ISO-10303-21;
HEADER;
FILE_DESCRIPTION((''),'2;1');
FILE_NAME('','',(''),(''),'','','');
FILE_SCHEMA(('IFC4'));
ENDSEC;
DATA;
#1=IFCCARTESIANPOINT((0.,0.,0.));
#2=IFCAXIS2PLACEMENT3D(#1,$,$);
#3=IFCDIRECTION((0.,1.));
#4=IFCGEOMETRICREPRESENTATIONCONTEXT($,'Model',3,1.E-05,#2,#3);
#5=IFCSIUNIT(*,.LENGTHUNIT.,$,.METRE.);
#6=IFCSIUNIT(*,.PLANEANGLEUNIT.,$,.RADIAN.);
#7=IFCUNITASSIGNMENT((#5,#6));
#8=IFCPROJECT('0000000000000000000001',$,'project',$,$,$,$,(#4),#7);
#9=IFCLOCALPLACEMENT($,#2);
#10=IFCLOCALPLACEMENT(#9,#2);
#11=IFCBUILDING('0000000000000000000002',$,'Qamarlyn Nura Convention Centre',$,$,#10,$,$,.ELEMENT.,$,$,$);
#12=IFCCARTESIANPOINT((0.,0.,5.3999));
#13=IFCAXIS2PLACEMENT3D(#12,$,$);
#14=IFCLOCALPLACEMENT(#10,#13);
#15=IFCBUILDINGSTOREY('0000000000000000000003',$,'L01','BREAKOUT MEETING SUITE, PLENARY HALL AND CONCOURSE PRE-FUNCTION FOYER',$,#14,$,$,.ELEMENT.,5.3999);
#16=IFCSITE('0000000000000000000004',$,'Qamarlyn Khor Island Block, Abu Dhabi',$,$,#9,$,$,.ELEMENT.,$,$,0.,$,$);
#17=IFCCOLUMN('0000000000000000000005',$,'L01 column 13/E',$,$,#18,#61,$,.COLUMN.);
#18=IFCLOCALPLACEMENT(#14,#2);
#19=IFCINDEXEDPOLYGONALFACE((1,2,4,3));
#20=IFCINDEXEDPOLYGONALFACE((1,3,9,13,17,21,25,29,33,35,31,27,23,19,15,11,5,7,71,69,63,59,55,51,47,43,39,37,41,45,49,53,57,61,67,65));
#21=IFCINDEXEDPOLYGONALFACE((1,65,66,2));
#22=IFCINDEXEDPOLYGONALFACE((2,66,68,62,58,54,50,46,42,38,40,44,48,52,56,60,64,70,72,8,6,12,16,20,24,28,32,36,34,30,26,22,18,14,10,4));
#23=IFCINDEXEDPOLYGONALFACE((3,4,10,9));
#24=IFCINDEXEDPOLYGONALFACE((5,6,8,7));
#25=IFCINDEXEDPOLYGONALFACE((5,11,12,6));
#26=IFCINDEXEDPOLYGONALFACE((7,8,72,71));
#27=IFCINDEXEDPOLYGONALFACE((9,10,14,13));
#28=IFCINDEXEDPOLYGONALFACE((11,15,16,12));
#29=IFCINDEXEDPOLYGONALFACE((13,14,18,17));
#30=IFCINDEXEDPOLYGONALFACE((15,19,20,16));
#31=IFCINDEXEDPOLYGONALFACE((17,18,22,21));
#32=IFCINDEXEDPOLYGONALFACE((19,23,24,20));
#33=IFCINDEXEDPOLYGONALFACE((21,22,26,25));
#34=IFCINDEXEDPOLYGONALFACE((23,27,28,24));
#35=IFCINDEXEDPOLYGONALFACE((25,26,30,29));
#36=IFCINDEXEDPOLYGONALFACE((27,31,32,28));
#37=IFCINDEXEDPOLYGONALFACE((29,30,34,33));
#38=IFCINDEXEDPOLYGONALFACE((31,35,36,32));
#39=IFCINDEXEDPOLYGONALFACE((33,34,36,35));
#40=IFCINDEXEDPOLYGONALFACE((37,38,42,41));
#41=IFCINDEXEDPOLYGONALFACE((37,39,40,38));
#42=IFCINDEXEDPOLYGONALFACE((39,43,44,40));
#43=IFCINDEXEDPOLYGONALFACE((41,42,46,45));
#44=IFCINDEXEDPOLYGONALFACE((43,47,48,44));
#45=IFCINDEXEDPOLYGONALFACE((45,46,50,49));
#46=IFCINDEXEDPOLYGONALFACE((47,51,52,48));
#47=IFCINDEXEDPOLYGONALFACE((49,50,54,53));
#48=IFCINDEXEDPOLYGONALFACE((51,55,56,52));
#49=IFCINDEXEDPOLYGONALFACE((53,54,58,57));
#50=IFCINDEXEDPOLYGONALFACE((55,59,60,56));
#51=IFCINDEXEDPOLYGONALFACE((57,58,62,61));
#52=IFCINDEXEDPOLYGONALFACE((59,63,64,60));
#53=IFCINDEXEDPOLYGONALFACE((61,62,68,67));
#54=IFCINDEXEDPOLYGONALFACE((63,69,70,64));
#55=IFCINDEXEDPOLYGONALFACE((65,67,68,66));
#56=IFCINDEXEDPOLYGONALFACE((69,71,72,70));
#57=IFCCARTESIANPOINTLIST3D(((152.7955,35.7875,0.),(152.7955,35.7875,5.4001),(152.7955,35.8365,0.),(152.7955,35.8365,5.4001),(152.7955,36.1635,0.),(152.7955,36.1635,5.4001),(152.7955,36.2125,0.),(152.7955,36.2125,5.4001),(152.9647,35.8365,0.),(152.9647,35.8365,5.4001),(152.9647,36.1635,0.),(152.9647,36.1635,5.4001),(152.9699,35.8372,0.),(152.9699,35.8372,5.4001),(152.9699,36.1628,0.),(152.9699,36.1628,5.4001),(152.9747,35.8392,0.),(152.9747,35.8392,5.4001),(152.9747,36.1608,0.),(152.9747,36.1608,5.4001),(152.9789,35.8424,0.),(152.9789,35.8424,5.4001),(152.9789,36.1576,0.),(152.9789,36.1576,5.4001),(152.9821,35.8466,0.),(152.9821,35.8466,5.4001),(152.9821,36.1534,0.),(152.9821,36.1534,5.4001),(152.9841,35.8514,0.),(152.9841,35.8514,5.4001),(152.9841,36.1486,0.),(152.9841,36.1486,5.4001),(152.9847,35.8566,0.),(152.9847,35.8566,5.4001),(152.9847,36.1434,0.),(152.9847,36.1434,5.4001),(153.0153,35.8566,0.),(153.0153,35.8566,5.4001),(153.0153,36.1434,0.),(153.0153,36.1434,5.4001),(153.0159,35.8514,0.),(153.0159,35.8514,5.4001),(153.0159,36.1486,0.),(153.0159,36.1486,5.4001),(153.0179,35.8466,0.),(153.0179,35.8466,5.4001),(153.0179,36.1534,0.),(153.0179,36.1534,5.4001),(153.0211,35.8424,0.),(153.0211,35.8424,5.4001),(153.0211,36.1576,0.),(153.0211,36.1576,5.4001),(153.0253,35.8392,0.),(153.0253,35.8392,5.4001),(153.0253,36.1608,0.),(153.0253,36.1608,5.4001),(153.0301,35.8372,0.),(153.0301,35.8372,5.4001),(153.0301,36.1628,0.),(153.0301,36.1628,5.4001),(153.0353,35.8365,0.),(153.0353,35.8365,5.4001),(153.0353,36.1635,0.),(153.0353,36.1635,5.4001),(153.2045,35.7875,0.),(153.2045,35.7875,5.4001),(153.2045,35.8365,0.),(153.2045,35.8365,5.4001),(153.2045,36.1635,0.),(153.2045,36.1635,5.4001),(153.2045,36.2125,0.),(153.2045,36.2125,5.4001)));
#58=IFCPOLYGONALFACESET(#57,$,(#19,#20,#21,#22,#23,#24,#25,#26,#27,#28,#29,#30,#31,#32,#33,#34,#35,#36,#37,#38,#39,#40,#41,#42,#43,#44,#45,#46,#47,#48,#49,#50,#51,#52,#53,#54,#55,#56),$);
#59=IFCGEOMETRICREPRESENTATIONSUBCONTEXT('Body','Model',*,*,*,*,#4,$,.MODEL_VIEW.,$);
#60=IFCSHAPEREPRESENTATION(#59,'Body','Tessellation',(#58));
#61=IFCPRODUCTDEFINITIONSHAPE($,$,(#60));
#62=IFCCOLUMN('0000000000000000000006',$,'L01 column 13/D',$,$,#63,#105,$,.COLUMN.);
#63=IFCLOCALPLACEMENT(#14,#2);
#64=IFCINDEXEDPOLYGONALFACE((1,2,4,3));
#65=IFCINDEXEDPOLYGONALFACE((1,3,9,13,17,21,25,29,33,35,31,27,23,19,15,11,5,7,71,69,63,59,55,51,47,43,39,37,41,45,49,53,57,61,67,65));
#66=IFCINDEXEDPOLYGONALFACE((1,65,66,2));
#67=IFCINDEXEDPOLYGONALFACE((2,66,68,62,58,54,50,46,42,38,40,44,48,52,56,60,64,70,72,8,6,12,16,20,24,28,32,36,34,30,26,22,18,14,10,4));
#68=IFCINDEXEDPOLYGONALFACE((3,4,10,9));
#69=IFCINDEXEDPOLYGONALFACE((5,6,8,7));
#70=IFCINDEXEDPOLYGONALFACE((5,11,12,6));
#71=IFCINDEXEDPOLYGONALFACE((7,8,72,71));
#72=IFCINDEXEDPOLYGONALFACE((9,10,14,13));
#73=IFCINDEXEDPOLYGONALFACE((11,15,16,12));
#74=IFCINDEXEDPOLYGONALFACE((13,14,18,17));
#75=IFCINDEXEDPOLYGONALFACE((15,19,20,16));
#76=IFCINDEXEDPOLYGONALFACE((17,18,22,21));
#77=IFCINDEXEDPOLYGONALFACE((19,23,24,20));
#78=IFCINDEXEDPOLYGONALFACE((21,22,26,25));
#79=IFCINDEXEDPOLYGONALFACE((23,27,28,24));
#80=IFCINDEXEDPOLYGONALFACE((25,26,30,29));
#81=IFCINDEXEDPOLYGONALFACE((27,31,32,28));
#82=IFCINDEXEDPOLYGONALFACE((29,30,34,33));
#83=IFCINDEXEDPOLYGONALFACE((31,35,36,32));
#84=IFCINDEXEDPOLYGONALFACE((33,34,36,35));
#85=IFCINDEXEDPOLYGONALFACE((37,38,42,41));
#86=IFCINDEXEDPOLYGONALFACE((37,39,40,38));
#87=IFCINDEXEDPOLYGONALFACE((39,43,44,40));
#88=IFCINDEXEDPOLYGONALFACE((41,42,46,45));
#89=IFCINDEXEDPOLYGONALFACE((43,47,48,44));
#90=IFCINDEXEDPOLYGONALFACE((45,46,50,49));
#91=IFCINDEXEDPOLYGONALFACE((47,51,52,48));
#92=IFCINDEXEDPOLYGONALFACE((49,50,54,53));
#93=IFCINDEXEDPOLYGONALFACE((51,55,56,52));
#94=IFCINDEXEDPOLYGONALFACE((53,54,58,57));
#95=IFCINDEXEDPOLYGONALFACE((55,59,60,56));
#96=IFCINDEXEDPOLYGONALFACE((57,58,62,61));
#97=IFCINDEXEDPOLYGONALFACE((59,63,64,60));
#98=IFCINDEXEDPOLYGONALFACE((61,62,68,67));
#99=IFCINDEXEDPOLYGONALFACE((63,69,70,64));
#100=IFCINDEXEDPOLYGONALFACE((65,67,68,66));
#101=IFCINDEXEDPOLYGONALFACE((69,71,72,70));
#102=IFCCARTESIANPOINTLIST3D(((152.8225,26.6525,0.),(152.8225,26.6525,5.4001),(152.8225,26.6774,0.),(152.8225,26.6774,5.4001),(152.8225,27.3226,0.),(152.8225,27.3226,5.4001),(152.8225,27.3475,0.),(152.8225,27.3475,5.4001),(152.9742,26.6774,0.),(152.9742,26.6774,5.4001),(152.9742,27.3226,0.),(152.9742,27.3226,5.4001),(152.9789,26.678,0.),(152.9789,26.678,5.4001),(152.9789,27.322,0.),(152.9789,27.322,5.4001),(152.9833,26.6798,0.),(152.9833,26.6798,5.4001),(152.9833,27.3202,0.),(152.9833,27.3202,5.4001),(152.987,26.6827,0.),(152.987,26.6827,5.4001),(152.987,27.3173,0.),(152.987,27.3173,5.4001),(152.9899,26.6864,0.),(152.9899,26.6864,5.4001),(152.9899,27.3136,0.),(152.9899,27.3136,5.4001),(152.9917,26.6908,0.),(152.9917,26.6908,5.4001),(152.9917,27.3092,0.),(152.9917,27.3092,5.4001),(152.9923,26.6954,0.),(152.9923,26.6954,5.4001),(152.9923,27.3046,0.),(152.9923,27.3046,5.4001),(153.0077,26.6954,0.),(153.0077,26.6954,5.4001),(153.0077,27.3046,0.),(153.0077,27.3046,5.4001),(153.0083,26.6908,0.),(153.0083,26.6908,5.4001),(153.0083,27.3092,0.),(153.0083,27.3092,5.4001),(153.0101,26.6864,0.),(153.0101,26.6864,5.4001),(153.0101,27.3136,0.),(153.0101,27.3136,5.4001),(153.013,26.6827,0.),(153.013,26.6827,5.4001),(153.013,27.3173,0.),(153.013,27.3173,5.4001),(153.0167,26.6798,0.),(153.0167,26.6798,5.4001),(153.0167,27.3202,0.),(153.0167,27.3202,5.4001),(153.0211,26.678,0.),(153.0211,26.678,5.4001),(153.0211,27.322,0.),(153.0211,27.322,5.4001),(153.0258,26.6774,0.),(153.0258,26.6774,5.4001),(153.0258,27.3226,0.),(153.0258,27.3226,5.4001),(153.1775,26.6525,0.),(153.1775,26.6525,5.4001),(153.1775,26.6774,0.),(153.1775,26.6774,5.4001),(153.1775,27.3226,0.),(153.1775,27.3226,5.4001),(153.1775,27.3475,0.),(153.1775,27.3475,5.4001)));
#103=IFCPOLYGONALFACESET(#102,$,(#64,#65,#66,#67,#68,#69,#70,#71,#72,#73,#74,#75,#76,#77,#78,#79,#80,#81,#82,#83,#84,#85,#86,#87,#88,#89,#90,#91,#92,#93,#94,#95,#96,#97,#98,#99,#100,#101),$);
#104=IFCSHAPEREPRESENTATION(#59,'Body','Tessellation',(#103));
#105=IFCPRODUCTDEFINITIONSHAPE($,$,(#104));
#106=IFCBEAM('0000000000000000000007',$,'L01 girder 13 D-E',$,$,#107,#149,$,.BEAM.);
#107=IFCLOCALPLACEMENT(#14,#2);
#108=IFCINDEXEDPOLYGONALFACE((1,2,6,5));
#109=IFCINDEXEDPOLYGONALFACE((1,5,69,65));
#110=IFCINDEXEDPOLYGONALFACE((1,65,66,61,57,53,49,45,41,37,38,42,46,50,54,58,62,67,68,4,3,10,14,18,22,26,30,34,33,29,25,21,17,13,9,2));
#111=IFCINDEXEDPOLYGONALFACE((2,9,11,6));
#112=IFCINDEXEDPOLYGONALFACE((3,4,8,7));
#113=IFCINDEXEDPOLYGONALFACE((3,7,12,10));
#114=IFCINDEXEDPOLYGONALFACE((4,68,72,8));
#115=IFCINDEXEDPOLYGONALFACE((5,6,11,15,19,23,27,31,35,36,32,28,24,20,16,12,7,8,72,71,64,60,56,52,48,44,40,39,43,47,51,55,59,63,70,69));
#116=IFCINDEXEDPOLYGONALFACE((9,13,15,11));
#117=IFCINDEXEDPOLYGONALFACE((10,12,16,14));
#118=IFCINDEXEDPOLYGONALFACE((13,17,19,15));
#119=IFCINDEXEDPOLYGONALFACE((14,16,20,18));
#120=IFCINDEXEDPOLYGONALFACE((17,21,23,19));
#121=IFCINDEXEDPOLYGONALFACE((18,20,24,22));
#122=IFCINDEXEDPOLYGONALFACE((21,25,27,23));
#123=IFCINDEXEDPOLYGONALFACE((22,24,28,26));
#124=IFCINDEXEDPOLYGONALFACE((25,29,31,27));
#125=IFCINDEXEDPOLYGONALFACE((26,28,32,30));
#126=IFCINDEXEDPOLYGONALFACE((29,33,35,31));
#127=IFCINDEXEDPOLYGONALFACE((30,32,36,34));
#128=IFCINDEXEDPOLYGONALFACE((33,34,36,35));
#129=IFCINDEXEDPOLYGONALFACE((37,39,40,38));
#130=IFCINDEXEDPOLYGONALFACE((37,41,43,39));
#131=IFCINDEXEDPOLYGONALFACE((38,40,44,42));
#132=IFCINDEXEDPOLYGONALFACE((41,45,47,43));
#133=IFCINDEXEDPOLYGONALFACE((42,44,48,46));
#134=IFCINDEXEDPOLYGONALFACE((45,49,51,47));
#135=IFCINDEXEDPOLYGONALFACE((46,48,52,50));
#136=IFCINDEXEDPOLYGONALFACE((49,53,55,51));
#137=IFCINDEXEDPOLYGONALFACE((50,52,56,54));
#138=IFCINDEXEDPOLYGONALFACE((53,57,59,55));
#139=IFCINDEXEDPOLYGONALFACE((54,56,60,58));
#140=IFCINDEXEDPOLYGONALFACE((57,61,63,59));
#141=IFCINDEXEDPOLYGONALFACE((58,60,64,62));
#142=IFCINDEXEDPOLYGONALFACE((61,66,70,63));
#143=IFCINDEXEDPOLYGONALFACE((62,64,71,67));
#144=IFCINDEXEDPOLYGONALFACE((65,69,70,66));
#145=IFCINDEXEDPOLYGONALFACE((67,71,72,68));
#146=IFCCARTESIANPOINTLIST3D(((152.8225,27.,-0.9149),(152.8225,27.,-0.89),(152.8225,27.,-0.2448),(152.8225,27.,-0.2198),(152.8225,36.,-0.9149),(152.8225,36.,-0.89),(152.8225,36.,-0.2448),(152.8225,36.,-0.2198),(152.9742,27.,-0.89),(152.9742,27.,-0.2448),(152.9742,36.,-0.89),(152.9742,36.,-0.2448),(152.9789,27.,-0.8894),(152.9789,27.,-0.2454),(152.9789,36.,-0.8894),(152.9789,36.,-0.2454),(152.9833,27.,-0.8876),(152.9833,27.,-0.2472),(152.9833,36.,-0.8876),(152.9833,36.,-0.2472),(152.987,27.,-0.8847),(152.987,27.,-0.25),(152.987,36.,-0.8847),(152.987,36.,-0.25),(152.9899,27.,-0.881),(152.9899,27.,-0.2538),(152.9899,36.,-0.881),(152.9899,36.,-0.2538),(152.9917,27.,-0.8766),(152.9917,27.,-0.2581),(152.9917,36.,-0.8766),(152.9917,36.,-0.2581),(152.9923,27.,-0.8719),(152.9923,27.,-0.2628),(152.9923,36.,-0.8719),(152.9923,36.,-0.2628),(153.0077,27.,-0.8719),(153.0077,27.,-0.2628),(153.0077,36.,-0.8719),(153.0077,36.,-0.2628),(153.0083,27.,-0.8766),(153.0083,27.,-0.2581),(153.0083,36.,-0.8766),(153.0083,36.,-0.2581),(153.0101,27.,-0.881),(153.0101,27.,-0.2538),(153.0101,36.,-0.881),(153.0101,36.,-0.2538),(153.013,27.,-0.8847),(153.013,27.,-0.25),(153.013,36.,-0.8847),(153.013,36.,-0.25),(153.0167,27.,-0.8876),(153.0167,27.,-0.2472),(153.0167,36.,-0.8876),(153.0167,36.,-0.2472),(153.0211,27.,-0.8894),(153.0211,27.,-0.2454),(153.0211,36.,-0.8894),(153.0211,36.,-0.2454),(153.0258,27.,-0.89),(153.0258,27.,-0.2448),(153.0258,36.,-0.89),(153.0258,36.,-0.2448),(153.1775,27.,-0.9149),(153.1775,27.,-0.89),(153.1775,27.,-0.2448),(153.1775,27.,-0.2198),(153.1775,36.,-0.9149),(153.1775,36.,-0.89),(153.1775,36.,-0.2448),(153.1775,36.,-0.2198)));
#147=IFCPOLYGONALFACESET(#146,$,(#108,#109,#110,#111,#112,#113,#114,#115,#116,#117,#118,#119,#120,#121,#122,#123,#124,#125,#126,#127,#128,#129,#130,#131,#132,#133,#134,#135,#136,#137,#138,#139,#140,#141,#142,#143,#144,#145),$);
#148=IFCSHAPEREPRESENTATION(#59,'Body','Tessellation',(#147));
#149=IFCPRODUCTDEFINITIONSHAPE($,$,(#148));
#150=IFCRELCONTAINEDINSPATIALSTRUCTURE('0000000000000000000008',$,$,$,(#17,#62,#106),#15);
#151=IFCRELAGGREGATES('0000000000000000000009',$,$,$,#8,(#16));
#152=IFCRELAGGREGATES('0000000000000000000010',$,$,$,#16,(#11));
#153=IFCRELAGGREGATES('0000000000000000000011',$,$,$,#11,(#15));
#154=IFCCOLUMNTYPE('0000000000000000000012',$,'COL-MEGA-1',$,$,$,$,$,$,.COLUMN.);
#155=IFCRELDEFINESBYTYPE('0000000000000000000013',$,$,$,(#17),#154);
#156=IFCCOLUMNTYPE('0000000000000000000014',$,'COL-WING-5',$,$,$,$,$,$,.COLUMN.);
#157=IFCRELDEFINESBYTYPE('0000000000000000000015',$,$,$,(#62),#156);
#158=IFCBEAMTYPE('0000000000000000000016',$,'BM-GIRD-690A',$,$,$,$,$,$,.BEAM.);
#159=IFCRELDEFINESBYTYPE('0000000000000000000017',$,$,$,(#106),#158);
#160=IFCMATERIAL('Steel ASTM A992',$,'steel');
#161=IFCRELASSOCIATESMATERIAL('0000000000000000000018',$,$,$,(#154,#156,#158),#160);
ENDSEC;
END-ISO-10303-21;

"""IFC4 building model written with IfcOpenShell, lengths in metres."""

from ifc_helpers import new_model, si_unit, direction, frame, origin, origin_2d, place, context, subcontext, project, spatial, i_section, extrude, material, material_profile, profile_set, type_object, element, save


model = new_model("IFC4")

# Units and contexts
model_context = context("Model", 3, precision=1e-05, world=origin(), true_north=direction((0.0, 1.0)))
body_context = subcontext(model_context, "Body", "Model", "MODEL_VIEW")
ifc_project = project(units=[si_unit("LENGTHUNIT", "METRE"), si_unit("PLANEANGLEUNIT", "RADIAN")], contexts=[model_context])

# Site, building, storey
site_placement = place(None, origin())
site = spatial("IfcSite", under=ifc_project, at=site_placement, Name="Qamarlyn Khor Island Block, Abu Dhabi", CompositionType="ELEMENT", RefElevation=0.0)
building_placement = place(site_placement, origin())
building = spatial("IfcBuilding", under=site, at=building_placement, Name="Qamarlyn Nura Convention Centre", CompositionType="ELEMENT")
storey_placement = place(building_placement, frame((0.0, 0.0, 5.3999)))
storey = spatial("IfcBuildingStorey", under=building, at=storey_placement, Name="L01", Description="BREAKOUT MEETING SUITE, PLENARY HALL AND CONCOURSE PRE-FUNCTION FOYER", CompositionType="ELEMENT", Elevation=5.3999)

# Columns
ifc_material_1 = material(Name="Steel ASTM A992", Category="steel")
ifc_material_profile_1 = material_profile(ifc_material_1, i_section(OverallWidth=0.4089, OverallDepth=0.425, WebThickness=0.0305, FlangeThickness=0.0491, FilletRadius=0.02, at=origin_2d()), Name="W360X421")
ifc_profile_set_1 = profile_set([ifc_material_profile_1], Name="Steel ASTM A992")
column_type_1 = type_object("IfcColumnType", Name="COL-MEGA-1", PredefinedType="COLUMN", material=ifc_profile_set_1)
column_1_placement = place(storey_placement, frame((153.0, 36.0, 0.0), z_axis=(0.0, 0.0, 1.0), x_axis=(1.0, 0.0, 0.0)))
element("IfcColumn", 1, at=column_1_placement, inside=storey, type_object=column_type_1, Name="L01 column 13/E", PredefinedType="COLUMN", context=body_context, shape_type="SweptSolid", body=[
    extrude(i_section(OverallWidth=0.4089, OverallDepth=0.425, WebThickness=0.0305, FlangeThickness=0.0491, FilletRadius=0.02, at=origin_2d()), origin(), (0.0, 0.0, 1.0), 5.4001),
])
ifc_material_profile_2 = material_profile(ifc_material_1, i_section(OverallWidth=0.355, OverallDepth=0.6951, WebThickness=0.0154, FlangeThickness=0.0249, FilletRadius=0.0181, at=origin_2d()), Name="W690X217")
ifc_profile_set_2 = profile_set([ifc_material_profile_2], Name="Steel ASTM A992")
column_type_2 = type_object("IfcColumnType", Name="COL-WING-5", PredefinedType="COLUMN", material=ifc_profile_set_2)
column_2_placement = place(storey_placement, frame((153.0, 27.0, 0.0), z_axis=(0.0, 0.0, 1.0), x_axis=(1.0, 0.0, 0.0)))
element("IfcColumn", 2, at=column_2_placement, inside=storey, type_object=column_type_2, Name="L01 column 13/D", PredefinedType="COLUMN", context=body_context, shape_type="SweptSolid", body=[
    extrude(i_section(OverallWidth=0.355, OverallDepth=0.6951, WebThickness=0.0154, FlangeThickness=0.0249, FilletRadius=0.0181, at=origin_2d()), origin(), (0.0, 0.0, 1.0), 5.4001),
])

# Beam
ifc_material_profile_3 = material_profile(ifc_material_1, i_section(OverallWidth=0.355, OverallDepth=0.6951, WebThickness=0.0154, FlangeThickness=0.0249, FilletRadius=0.0181, at=origin_2d()), Name="W690X217")
ifc_profile_set_3 = profile_set([ifc_material_profile_3], Name="Steel ASTM A992")
beam_type_1 = type_object("IfcBeamType", Name="BM-GIRD-690A", PredefinedType="BEAM", material=ifc_profile_set_3)
beam_1_placement = place(storey_placement, frame((153.0, 27.0, -0.5674), z_axis=(0.0, 1.0, 0.0), x_axis=(-1.0, 0.0, 0.0)))
element("IfcBeam", 3, at=beam_1_placement, inside=storey, type_object=beam_type_1, Name="L01 girder 13 D-E", PredefinedType="BEAM", context=body_context, shape_type="SweptSolid", body=[
    extrude(i_section(OverallWidth=0.355, OverallDepth=0.6951, WebThickness=0.0154, FlangeThickness=0.0249, FilletRadius=0.0181, at=origin_2d()), origin(), (0.0, 0.0, 1.0), 9.0),
])

save(model, "model.ifc")
